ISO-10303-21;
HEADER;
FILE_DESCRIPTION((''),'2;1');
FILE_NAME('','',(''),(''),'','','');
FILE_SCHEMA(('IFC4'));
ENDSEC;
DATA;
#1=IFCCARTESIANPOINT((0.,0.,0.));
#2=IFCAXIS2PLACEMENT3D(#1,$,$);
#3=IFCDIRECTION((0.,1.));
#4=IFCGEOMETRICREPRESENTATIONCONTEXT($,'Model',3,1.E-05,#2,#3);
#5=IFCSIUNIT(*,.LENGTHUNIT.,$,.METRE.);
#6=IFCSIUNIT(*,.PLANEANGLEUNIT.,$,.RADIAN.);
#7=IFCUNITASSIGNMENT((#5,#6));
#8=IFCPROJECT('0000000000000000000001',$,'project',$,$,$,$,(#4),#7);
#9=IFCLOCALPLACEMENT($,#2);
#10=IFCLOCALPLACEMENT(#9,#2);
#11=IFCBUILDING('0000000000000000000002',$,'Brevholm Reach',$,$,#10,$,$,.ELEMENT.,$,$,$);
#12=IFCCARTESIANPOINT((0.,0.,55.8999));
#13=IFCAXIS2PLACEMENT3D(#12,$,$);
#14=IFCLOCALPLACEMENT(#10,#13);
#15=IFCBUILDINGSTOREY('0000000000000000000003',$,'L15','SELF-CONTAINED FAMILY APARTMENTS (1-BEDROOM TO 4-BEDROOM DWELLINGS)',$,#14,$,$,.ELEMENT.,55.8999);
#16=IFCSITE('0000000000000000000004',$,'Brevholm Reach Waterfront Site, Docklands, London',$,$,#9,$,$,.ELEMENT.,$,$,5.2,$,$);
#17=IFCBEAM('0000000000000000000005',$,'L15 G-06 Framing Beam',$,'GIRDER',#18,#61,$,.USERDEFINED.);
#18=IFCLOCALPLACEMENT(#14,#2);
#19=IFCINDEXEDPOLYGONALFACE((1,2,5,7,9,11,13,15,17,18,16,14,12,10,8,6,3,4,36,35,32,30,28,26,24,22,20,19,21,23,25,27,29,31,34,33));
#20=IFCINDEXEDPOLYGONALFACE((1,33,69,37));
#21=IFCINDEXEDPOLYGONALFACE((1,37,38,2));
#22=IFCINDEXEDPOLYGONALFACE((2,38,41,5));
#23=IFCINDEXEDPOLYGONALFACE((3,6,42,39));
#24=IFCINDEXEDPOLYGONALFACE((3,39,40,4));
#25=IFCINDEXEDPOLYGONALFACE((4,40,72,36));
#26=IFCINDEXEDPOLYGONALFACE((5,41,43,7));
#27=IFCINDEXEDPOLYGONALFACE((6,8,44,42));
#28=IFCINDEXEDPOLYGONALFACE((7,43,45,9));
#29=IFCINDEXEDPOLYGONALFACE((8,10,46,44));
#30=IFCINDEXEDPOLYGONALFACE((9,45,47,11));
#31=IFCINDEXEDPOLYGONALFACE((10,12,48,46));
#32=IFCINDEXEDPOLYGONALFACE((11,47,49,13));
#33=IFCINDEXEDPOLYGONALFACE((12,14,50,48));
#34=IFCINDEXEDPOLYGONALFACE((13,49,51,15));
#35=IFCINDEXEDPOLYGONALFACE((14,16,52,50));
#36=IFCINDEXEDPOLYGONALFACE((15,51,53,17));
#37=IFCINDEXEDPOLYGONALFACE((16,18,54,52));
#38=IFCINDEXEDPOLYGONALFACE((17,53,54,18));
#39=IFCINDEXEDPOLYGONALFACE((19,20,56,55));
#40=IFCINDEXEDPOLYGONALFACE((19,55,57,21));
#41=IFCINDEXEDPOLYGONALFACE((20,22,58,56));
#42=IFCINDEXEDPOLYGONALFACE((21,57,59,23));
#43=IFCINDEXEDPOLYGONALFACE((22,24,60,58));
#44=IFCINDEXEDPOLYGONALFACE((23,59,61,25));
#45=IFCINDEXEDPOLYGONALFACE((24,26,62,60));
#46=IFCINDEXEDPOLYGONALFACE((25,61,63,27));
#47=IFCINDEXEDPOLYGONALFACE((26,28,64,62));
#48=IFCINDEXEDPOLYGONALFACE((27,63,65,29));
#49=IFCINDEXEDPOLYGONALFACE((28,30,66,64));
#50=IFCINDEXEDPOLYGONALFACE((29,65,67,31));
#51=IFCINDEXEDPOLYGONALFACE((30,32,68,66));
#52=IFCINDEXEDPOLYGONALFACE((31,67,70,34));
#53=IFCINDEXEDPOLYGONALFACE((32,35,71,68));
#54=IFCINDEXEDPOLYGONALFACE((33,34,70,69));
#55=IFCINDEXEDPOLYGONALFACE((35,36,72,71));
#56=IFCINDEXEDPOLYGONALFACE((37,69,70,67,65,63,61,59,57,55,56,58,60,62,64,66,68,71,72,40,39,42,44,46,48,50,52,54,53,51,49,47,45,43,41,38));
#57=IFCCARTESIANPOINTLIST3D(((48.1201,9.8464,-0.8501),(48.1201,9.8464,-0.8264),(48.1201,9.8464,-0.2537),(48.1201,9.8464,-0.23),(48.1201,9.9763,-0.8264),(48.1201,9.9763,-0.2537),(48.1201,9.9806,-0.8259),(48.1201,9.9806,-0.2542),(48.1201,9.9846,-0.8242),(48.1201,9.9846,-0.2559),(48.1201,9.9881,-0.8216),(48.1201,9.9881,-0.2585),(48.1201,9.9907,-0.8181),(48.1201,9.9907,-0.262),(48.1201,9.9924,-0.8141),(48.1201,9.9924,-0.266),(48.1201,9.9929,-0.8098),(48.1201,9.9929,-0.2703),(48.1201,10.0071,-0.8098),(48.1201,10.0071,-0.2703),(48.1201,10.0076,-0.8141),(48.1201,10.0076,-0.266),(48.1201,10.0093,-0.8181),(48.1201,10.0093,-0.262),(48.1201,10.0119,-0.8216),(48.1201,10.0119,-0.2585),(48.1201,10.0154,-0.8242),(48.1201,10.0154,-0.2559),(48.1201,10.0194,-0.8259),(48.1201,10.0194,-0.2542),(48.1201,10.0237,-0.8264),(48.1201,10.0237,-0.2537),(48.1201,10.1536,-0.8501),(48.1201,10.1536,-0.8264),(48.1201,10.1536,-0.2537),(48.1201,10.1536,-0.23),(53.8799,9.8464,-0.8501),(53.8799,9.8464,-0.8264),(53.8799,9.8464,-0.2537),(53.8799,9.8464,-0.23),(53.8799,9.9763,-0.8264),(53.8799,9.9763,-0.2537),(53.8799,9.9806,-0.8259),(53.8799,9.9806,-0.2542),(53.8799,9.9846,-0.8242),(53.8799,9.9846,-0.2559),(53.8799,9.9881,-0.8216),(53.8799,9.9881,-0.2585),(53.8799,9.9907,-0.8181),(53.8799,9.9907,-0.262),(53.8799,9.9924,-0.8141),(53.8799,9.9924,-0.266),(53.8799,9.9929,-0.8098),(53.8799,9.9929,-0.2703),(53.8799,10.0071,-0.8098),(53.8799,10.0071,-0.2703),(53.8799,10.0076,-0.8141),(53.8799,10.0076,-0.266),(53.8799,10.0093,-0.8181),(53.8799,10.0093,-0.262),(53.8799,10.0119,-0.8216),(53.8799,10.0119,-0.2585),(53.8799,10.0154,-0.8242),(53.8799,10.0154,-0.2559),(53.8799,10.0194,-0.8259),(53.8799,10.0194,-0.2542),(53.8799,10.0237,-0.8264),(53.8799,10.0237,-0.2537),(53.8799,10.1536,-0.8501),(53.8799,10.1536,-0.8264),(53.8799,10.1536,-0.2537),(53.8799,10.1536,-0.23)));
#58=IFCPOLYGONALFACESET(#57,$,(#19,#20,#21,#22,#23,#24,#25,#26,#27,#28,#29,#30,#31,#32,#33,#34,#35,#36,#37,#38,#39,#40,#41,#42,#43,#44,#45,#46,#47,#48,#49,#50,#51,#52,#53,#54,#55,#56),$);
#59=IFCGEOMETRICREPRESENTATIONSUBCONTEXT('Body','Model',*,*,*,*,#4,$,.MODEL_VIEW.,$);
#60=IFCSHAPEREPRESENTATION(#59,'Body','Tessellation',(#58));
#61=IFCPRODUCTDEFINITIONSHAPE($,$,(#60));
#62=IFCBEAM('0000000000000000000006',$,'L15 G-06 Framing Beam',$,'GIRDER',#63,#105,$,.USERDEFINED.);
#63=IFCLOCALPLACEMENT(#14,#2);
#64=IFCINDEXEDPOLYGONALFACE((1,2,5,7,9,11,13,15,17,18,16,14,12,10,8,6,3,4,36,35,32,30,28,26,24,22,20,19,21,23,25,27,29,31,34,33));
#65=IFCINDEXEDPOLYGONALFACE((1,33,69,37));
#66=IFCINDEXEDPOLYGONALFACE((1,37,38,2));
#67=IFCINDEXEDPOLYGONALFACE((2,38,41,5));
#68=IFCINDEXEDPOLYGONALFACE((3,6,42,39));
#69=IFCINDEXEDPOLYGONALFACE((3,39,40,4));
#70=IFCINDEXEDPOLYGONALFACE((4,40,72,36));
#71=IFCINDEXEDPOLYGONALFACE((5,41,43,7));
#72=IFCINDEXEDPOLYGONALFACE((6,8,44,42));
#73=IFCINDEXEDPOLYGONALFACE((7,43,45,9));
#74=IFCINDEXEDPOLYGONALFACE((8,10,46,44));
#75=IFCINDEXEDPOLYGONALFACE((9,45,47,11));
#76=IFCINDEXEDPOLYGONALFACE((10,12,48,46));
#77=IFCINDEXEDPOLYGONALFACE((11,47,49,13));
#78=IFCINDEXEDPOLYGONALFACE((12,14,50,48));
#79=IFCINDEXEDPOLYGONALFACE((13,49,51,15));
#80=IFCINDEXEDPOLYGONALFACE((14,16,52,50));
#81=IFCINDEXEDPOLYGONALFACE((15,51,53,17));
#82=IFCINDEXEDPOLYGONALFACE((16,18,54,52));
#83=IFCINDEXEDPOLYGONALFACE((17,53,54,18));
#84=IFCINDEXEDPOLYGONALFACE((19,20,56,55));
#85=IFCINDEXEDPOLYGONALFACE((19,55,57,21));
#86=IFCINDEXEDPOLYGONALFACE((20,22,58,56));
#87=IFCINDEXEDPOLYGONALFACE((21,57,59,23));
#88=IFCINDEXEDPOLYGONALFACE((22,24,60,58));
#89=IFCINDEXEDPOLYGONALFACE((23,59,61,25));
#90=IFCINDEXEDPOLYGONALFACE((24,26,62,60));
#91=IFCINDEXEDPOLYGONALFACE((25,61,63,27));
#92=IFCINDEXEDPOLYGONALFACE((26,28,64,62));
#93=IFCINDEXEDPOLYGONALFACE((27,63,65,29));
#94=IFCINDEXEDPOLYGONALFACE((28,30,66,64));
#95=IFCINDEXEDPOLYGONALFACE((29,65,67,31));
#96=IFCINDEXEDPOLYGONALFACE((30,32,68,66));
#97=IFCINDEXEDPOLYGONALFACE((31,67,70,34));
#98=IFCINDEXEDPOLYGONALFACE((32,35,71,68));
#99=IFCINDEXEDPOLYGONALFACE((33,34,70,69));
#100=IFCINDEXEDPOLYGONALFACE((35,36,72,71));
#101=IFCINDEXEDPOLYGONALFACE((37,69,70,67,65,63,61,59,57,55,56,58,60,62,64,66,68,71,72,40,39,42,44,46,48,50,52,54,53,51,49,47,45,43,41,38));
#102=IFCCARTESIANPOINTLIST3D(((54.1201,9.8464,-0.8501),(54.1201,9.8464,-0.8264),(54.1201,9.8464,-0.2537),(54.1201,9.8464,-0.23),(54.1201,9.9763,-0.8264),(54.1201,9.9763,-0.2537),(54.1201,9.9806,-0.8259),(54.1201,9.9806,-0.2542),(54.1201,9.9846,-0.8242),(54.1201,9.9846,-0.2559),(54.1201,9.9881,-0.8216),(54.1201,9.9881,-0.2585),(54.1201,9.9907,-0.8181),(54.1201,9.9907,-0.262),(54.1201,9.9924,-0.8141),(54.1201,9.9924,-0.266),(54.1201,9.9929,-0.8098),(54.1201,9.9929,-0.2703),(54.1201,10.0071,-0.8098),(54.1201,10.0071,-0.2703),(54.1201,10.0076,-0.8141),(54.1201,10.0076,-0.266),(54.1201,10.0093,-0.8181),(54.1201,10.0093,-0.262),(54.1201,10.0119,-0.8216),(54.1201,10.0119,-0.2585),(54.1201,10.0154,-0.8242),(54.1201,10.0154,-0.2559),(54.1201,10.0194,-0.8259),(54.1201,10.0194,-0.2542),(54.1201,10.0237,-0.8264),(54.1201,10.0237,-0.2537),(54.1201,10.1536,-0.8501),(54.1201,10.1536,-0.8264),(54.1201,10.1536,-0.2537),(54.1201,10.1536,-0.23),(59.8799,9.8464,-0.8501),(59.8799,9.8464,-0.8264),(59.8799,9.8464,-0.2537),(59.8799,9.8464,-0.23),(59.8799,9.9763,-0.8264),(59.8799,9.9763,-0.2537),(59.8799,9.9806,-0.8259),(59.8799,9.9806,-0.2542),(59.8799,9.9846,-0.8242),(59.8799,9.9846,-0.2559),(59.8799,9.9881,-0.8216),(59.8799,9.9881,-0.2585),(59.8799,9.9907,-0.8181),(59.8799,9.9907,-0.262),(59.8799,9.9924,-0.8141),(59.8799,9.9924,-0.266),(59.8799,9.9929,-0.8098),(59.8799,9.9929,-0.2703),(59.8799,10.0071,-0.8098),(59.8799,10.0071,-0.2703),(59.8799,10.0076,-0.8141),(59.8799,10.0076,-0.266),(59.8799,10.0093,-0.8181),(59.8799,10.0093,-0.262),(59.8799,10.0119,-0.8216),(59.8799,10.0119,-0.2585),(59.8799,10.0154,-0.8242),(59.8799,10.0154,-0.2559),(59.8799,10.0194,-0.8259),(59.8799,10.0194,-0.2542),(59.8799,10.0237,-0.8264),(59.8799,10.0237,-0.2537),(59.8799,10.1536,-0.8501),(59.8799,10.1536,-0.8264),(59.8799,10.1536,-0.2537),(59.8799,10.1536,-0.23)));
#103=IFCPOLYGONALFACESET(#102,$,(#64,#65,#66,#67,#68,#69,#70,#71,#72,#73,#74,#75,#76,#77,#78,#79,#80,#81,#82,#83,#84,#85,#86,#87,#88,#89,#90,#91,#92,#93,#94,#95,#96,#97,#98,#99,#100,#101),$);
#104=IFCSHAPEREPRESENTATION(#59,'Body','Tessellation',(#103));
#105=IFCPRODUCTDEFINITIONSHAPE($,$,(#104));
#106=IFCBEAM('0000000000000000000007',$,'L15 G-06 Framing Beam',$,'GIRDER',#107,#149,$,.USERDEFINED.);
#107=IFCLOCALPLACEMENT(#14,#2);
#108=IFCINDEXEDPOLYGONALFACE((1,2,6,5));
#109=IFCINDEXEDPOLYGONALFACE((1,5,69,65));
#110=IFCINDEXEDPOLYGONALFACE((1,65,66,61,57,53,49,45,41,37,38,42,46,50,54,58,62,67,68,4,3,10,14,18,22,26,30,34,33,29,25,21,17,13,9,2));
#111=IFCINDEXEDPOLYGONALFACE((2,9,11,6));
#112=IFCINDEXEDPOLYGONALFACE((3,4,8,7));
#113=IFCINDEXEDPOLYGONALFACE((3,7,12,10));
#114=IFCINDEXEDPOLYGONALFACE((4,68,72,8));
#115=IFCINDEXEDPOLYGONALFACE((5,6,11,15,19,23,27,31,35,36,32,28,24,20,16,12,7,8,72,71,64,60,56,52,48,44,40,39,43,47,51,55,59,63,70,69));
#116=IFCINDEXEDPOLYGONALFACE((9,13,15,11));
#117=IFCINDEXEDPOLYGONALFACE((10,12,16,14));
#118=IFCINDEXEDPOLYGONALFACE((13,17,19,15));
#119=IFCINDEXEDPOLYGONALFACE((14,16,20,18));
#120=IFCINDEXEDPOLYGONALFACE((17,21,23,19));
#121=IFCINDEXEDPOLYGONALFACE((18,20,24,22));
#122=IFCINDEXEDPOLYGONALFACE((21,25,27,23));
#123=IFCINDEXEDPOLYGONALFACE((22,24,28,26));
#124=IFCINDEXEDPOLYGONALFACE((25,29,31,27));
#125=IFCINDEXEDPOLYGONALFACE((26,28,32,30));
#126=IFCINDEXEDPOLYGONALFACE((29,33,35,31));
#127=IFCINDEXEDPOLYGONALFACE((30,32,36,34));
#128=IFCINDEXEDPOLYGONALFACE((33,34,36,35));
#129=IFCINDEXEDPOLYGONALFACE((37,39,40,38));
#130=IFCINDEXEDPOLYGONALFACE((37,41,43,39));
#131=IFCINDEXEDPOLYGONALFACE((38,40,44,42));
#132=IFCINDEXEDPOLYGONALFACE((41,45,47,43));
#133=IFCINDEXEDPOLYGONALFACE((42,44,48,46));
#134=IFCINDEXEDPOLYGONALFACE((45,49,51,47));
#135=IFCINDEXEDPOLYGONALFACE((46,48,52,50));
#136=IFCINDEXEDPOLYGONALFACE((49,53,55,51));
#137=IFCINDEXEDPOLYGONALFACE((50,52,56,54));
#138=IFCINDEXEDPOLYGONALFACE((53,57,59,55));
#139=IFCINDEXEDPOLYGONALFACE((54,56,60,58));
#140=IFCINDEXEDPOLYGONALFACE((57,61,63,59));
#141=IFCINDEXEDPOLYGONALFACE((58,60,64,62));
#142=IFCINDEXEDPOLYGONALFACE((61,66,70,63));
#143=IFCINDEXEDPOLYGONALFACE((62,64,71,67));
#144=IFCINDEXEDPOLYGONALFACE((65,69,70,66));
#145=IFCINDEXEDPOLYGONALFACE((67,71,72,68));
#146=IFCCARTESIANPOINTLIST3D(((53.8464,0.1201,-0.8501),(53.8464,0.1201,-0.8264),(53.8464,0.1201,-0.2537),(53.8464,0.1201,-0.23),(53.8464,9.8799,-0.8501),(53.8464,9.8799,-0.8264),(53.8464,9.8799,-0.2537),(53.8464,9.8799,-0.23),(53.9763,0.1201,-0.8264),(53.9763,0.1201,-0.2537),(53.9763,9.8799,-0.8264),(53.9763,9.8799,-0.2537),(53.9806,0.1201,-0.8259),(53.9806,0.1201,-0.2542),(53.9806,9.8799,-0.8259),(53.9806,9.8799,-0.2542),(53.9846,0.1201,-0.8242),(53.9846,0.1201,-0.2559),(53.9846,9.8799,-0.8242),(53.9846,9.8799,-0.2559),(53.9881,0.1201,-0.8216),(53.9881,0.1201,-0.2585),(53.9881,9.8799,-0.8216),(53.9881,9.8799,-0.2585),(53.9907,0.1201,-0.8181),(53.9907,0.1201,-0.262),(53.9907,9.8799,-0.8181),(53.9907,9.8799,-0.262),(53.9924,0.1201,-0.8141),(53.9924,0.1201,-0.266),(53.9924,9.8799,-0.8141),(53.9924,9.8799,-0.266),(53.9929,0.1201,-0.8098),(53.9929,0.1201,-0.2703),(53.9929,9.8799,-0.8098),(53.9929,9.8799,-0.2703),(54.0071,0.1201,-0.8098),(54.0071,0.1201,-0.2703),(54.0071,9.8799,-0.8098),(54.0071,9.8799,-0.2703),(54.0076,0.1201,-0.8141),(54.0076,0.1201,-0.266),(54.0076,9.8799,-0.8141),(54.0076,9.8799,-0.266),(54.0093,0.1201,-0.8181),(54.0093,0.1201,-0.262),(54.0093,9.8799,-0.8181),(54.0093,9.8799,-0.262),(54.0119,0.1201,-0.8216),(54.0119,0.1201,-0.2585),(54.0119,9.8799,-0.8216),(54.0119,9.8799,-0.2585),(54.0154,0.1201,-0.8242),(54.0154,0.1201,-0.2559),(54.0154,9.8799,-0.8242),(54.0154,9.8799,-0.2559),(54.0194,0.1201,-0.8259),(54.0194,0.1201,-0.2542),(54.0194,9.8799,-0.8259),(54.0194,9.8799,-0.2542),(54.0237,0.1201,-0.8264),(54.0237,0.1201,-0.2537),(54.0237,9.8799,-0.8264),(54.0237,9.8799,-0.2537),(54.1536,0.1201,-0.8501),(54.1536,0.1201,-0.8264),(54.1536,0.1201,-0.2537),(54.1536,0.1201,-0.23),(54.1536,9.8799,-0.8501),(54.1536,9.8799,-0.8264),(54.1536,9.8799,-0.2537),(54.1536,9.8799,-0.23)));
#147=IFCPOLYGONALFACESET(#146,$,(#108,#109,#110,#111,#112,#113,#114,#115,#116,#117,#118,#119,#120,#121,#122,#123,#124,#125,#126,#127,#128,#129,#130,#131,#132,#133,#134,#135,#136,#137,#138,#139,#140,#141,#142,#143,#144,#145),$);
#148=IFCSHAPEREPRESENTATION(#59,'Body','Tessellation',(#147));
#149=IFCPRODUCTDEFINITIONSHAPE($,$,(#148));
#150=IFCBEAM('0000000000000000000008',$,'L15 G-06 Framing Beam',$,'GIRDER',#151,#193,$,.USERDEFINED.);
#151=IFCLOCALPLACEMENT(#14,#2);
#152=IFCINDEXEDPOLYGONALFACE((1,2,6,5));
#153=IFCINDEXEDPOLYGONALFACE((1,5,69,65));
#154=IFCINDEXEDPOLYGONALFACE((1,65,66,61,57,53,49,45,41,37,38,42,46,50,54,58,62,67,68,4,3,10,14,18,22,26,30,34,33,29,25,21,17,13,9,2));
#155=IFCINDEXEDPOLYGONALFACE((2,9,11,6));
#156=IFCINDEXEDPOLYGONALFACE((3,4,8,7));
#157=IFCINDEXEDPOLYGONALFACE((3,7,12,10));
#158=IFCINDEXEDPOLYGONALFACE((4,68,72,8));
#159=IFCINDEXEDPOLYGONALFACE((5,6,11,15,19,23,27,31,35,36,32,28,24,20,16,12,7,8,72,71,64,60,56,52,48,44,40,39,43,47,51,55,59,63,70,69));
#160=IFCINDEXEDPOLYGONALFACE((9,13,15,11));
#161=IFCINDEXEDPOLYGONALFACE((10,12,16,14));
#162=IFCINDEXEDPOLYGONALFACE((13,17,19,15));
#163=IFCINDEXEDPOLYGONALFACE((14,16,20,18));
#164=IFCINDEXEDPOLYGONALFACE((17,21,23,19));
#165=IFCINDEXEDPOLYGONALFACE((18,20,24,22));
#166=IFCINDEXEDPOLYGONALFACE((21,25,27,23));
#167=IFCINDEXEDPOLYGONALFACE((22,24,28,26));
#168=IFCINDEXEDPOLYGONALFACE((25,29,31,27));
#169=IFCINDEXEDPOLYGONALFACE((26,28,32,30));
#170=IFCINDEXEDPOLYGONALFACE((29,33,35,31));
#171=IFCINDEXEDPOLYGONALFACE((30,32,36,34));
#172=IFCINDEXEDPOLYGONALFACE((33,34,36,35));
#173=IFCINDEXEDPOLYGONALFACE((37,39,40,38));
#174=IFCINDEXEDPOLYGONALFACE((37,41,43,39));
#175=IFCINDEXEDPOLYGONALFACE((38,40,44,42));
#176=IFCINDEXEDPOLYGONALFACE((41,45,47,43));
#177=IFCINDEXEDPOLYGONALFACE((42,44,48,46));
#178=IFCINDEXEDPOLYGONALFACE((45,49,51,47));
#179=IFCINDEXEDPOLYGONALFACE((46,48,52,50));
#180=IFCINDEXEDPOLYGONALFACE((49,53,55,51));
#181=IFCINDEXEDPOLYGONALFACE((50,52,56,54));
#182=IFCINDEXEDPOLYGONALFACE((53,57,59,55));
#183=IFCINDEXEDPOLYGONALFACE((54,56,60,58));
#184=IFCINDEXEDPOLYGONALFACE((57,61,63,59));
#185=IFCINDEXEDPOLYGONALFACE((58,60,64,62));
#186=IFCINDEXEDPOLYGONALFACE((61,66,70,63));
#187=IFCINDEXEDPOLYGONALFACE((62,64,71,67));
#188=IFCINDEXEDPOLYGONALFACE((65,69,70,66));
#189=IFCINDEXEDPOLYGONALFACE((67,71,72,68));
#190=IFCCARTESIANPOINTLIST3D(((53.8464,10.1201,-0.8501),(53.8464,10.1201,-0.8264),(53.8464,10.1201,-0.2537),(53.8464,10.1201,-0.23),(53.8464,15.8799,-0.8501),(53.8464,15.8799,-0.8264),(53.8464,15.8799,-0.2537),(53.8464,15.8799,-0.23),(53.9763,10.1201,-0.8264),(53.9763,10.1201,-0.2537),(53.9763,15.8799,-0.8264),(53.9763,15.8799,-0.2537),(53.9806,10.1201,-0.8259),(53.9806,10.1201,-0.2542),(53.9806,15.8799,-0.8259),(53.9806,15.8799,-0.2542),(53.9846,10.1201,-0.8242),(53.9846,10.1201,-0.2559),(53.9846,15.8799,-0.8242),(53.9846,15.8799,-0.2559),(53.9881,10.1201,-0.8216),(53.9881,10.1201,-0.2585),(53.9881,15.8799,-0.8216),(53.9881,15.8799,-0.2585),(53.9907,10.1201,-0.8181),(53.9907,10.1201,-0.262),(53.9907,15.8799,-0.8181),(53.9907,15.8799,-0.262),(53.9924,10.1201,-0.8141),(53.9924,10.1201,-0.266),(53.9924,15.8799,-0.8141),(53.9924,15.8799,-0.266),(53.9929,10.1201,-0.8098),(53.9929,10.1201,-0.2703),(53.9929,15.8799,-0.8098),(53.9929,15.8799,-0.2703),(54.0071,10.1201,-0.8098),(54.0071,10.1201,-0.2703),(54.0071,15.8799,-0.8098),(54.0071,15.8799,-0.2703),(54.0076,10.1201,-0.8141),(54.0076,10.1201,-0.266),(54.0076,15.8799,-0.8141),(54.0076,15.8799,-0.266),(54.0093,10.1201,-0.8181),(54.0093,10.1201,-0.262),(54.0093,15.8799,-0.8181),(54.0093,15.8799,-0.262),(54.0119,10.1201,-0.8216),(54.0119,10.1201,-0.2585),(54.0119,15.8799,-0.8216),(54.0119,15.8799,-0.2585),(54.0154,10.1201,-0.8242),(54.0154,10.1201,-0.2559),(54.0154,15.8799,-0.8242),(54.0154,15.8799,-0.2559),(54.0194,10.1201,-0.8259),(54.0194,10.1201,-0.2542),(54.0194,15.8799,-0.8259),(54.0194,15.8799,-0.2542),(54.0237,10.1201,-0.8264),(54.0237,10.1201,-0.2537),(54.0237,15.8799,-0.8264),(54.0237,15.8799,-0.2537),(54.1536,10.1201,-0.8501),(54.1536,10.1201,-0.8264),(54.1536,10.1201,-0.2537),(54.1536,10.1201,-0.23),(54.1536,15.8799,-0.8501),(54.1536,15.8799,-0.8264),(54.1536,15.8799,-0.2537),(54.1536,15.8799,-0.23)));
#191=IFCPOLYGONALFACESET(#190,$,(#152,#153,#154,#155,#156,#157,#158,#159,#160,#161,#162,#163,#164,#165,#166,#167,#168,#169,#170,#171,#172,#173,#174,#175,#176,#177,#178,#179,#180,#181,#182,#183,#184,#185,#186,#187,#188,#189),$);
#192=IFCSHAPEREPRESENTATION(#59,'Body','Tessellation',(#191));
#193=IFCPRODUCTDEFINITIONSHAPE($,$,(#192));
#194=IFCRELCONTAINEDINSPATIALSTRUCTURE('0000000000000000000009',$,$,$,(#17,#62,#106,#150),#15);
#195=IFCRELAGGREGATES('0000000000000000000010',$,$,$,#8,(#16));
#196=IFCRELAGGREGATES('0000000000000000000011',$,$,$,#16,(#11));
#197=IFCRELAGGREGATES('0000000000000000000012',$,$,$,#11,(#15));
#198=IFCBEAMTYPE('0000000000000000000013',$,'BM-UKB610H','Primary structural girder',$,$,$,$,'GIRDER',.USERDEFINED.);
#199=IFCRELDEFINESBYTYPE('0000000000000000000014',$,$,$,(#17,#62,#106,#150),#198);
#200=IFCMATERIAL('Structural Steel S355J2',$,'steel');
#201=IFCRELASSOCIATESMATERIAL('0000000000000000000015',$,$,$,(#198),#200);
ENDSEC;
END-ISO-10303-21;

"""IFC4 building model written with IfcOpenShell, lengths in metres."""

from ifc_helpers import new_model, si_unit, direction, frame, origin, origin_2d, place, context, subcontext, project, spatial, i_section, extrude, material, material_profile, profile_set, type_object, element, save


model = new_model("IFC4")

# Units and contexts
model_context = context("Model", 3, precision=1e-05, world=origin(), true_north=direction((0.0, 1.0)))
body_context = subcontext(model_context, "Body", "Model", "MODEL_VIEW")
ifc_project = project(units=[si_unit("LENGTHUNIT", "METRE"), si_unit("PLANEANGLEUNIT", "RADIAN")], contexts=[model_context])

# Site, building, storey
site_placement = place(None, origin())
site = spatial("IfcSite", under=ifc_project, at=site_placement, Name="Brevholm Reach Waterfront Site, Docklands, London", CompositionType="ELEMENT", RefElevation=5.2)
building_placement = place(site_placement, origin())
building = spatial("IfcBuilding", under=site, at=building_placement, Name="Brevholm Reach", CompositionType="ELEMENT")
storey_placement = place(building_placement, frame((0.0, 0.0, 55.8999)))
storey = spatial("IfcBuildingStorey", under=building, at=storey_placement, Name="L15", Description="SELF-CONTAINED FAMILY APARTMENTS (1-BEDROOM TO 4-BEDROOM DWELLINGS)", CompositionType="ELEMENT", Elevation=55.8999)

# Beams
ifc_material_1 = material(Name="Structural Steel S355J2", Category="steel")
ifc_material_profile_1 = material_profile(ifc_material_1, i_section(OverallWidth=0.3071, OverallDepth=0.6201, WebThickness=0.0142, FlangeThickness=0.0237, FilletRadius=0.0166, at=origin_2d()), Name="UKB 610x305x179")
ifc_profile_set_1 = profile_set([ifc_material_profile_1], Name="Structural Steel S355J2")
beam_type_1 = type_object("IfcBeamType", Name="BM-UKB610H", Description="Primary structural girder", ElementType="GIRDER", PredefinedType="USERDEFINED", material=ifc_profile_set_1)
for number, where, z_axis, x_axis, name in (
    (1, (48.1201, 10.0, -0.54), (1.0, 0.0, 0.0), (0.0, 1.0, 0.0), "L15 G-06 Framing Beam"),
    (2, (54.1201, 10.0, -0.54), (1.0, 0.0, 0.0), (0.0, 1.0, 0.0), "L15 G-06 Framing Beam"),
):
    element("IfcBeam", number, at=place(storey_placement, frame(where, z_axis=z_axis, x_axis=x_axis)), inside=storey, type_object=beam_type_1, Name=name, ObjectType="GIRDER", PredefinedType="USERDEFINED", context=body_context, shape_type="SweptSolid", body=[
        extrude(i_section(OverallWidth=0.3071, OverallDepth=0.6201, WebThickness=0.0142, FlangeThickness=0.0237, FilletRadius=0.0166, at=origin_2d()), origin(), (0.0, 0.0, 1.0), 5.7598),
    ])
beam_1_placement = place(storey_placement, frame((54.0, 0.1201, -0.54), z_axis=(0.0, 1.0, 0.0), x_axis=(-1.0, 0.0, 0.0)))
element("IfcBeam", 3, at=beam_1_placement, inside=storey, type_object=beam_type_1, Name="L15 G-06 Framing Beam", ObjectType="GIRDER", PredefinedType="USERDEFINED", context=body_context, shape_type="SweptSolid", body=[
    extrude(i_section(OverallWidth=0.3071, OverallDepth=0.6201, WebThickness=0.0142, FlangeThickness=0.0237, FilletRadius=0.0166, at=origin_2d()), origin(), (0.0, 0.0, 1.0), 9.7598),
])
beam_2_placement = place(storey_placement, frame((54.0, 10.1201, -0.54), z_axis=(0.0, 1.0, 0.0), x_axis=(-1.0, 0.0, 0.0)))
element("IfcBeam", 4, at=beam_2_placement, inside=storey, type_object=beam_type_1, Name="L15 G-06 Framing Beam", ObjectType="GIRDER", PredefinedType="USERDEFINED", context=body_context, shape_type="SweptSolid", body=[
    extrude(i_section(OverallWidth=0.3071, OverallDepth=0.6201, WebThickness=0.0142, FlangeThickness=0.0237, FilletRadius=0.0166, at=origin_2d()), origin(), (0.0, 0.0, 1.0), 5.7598),
])

save(model, "model.ifc")
